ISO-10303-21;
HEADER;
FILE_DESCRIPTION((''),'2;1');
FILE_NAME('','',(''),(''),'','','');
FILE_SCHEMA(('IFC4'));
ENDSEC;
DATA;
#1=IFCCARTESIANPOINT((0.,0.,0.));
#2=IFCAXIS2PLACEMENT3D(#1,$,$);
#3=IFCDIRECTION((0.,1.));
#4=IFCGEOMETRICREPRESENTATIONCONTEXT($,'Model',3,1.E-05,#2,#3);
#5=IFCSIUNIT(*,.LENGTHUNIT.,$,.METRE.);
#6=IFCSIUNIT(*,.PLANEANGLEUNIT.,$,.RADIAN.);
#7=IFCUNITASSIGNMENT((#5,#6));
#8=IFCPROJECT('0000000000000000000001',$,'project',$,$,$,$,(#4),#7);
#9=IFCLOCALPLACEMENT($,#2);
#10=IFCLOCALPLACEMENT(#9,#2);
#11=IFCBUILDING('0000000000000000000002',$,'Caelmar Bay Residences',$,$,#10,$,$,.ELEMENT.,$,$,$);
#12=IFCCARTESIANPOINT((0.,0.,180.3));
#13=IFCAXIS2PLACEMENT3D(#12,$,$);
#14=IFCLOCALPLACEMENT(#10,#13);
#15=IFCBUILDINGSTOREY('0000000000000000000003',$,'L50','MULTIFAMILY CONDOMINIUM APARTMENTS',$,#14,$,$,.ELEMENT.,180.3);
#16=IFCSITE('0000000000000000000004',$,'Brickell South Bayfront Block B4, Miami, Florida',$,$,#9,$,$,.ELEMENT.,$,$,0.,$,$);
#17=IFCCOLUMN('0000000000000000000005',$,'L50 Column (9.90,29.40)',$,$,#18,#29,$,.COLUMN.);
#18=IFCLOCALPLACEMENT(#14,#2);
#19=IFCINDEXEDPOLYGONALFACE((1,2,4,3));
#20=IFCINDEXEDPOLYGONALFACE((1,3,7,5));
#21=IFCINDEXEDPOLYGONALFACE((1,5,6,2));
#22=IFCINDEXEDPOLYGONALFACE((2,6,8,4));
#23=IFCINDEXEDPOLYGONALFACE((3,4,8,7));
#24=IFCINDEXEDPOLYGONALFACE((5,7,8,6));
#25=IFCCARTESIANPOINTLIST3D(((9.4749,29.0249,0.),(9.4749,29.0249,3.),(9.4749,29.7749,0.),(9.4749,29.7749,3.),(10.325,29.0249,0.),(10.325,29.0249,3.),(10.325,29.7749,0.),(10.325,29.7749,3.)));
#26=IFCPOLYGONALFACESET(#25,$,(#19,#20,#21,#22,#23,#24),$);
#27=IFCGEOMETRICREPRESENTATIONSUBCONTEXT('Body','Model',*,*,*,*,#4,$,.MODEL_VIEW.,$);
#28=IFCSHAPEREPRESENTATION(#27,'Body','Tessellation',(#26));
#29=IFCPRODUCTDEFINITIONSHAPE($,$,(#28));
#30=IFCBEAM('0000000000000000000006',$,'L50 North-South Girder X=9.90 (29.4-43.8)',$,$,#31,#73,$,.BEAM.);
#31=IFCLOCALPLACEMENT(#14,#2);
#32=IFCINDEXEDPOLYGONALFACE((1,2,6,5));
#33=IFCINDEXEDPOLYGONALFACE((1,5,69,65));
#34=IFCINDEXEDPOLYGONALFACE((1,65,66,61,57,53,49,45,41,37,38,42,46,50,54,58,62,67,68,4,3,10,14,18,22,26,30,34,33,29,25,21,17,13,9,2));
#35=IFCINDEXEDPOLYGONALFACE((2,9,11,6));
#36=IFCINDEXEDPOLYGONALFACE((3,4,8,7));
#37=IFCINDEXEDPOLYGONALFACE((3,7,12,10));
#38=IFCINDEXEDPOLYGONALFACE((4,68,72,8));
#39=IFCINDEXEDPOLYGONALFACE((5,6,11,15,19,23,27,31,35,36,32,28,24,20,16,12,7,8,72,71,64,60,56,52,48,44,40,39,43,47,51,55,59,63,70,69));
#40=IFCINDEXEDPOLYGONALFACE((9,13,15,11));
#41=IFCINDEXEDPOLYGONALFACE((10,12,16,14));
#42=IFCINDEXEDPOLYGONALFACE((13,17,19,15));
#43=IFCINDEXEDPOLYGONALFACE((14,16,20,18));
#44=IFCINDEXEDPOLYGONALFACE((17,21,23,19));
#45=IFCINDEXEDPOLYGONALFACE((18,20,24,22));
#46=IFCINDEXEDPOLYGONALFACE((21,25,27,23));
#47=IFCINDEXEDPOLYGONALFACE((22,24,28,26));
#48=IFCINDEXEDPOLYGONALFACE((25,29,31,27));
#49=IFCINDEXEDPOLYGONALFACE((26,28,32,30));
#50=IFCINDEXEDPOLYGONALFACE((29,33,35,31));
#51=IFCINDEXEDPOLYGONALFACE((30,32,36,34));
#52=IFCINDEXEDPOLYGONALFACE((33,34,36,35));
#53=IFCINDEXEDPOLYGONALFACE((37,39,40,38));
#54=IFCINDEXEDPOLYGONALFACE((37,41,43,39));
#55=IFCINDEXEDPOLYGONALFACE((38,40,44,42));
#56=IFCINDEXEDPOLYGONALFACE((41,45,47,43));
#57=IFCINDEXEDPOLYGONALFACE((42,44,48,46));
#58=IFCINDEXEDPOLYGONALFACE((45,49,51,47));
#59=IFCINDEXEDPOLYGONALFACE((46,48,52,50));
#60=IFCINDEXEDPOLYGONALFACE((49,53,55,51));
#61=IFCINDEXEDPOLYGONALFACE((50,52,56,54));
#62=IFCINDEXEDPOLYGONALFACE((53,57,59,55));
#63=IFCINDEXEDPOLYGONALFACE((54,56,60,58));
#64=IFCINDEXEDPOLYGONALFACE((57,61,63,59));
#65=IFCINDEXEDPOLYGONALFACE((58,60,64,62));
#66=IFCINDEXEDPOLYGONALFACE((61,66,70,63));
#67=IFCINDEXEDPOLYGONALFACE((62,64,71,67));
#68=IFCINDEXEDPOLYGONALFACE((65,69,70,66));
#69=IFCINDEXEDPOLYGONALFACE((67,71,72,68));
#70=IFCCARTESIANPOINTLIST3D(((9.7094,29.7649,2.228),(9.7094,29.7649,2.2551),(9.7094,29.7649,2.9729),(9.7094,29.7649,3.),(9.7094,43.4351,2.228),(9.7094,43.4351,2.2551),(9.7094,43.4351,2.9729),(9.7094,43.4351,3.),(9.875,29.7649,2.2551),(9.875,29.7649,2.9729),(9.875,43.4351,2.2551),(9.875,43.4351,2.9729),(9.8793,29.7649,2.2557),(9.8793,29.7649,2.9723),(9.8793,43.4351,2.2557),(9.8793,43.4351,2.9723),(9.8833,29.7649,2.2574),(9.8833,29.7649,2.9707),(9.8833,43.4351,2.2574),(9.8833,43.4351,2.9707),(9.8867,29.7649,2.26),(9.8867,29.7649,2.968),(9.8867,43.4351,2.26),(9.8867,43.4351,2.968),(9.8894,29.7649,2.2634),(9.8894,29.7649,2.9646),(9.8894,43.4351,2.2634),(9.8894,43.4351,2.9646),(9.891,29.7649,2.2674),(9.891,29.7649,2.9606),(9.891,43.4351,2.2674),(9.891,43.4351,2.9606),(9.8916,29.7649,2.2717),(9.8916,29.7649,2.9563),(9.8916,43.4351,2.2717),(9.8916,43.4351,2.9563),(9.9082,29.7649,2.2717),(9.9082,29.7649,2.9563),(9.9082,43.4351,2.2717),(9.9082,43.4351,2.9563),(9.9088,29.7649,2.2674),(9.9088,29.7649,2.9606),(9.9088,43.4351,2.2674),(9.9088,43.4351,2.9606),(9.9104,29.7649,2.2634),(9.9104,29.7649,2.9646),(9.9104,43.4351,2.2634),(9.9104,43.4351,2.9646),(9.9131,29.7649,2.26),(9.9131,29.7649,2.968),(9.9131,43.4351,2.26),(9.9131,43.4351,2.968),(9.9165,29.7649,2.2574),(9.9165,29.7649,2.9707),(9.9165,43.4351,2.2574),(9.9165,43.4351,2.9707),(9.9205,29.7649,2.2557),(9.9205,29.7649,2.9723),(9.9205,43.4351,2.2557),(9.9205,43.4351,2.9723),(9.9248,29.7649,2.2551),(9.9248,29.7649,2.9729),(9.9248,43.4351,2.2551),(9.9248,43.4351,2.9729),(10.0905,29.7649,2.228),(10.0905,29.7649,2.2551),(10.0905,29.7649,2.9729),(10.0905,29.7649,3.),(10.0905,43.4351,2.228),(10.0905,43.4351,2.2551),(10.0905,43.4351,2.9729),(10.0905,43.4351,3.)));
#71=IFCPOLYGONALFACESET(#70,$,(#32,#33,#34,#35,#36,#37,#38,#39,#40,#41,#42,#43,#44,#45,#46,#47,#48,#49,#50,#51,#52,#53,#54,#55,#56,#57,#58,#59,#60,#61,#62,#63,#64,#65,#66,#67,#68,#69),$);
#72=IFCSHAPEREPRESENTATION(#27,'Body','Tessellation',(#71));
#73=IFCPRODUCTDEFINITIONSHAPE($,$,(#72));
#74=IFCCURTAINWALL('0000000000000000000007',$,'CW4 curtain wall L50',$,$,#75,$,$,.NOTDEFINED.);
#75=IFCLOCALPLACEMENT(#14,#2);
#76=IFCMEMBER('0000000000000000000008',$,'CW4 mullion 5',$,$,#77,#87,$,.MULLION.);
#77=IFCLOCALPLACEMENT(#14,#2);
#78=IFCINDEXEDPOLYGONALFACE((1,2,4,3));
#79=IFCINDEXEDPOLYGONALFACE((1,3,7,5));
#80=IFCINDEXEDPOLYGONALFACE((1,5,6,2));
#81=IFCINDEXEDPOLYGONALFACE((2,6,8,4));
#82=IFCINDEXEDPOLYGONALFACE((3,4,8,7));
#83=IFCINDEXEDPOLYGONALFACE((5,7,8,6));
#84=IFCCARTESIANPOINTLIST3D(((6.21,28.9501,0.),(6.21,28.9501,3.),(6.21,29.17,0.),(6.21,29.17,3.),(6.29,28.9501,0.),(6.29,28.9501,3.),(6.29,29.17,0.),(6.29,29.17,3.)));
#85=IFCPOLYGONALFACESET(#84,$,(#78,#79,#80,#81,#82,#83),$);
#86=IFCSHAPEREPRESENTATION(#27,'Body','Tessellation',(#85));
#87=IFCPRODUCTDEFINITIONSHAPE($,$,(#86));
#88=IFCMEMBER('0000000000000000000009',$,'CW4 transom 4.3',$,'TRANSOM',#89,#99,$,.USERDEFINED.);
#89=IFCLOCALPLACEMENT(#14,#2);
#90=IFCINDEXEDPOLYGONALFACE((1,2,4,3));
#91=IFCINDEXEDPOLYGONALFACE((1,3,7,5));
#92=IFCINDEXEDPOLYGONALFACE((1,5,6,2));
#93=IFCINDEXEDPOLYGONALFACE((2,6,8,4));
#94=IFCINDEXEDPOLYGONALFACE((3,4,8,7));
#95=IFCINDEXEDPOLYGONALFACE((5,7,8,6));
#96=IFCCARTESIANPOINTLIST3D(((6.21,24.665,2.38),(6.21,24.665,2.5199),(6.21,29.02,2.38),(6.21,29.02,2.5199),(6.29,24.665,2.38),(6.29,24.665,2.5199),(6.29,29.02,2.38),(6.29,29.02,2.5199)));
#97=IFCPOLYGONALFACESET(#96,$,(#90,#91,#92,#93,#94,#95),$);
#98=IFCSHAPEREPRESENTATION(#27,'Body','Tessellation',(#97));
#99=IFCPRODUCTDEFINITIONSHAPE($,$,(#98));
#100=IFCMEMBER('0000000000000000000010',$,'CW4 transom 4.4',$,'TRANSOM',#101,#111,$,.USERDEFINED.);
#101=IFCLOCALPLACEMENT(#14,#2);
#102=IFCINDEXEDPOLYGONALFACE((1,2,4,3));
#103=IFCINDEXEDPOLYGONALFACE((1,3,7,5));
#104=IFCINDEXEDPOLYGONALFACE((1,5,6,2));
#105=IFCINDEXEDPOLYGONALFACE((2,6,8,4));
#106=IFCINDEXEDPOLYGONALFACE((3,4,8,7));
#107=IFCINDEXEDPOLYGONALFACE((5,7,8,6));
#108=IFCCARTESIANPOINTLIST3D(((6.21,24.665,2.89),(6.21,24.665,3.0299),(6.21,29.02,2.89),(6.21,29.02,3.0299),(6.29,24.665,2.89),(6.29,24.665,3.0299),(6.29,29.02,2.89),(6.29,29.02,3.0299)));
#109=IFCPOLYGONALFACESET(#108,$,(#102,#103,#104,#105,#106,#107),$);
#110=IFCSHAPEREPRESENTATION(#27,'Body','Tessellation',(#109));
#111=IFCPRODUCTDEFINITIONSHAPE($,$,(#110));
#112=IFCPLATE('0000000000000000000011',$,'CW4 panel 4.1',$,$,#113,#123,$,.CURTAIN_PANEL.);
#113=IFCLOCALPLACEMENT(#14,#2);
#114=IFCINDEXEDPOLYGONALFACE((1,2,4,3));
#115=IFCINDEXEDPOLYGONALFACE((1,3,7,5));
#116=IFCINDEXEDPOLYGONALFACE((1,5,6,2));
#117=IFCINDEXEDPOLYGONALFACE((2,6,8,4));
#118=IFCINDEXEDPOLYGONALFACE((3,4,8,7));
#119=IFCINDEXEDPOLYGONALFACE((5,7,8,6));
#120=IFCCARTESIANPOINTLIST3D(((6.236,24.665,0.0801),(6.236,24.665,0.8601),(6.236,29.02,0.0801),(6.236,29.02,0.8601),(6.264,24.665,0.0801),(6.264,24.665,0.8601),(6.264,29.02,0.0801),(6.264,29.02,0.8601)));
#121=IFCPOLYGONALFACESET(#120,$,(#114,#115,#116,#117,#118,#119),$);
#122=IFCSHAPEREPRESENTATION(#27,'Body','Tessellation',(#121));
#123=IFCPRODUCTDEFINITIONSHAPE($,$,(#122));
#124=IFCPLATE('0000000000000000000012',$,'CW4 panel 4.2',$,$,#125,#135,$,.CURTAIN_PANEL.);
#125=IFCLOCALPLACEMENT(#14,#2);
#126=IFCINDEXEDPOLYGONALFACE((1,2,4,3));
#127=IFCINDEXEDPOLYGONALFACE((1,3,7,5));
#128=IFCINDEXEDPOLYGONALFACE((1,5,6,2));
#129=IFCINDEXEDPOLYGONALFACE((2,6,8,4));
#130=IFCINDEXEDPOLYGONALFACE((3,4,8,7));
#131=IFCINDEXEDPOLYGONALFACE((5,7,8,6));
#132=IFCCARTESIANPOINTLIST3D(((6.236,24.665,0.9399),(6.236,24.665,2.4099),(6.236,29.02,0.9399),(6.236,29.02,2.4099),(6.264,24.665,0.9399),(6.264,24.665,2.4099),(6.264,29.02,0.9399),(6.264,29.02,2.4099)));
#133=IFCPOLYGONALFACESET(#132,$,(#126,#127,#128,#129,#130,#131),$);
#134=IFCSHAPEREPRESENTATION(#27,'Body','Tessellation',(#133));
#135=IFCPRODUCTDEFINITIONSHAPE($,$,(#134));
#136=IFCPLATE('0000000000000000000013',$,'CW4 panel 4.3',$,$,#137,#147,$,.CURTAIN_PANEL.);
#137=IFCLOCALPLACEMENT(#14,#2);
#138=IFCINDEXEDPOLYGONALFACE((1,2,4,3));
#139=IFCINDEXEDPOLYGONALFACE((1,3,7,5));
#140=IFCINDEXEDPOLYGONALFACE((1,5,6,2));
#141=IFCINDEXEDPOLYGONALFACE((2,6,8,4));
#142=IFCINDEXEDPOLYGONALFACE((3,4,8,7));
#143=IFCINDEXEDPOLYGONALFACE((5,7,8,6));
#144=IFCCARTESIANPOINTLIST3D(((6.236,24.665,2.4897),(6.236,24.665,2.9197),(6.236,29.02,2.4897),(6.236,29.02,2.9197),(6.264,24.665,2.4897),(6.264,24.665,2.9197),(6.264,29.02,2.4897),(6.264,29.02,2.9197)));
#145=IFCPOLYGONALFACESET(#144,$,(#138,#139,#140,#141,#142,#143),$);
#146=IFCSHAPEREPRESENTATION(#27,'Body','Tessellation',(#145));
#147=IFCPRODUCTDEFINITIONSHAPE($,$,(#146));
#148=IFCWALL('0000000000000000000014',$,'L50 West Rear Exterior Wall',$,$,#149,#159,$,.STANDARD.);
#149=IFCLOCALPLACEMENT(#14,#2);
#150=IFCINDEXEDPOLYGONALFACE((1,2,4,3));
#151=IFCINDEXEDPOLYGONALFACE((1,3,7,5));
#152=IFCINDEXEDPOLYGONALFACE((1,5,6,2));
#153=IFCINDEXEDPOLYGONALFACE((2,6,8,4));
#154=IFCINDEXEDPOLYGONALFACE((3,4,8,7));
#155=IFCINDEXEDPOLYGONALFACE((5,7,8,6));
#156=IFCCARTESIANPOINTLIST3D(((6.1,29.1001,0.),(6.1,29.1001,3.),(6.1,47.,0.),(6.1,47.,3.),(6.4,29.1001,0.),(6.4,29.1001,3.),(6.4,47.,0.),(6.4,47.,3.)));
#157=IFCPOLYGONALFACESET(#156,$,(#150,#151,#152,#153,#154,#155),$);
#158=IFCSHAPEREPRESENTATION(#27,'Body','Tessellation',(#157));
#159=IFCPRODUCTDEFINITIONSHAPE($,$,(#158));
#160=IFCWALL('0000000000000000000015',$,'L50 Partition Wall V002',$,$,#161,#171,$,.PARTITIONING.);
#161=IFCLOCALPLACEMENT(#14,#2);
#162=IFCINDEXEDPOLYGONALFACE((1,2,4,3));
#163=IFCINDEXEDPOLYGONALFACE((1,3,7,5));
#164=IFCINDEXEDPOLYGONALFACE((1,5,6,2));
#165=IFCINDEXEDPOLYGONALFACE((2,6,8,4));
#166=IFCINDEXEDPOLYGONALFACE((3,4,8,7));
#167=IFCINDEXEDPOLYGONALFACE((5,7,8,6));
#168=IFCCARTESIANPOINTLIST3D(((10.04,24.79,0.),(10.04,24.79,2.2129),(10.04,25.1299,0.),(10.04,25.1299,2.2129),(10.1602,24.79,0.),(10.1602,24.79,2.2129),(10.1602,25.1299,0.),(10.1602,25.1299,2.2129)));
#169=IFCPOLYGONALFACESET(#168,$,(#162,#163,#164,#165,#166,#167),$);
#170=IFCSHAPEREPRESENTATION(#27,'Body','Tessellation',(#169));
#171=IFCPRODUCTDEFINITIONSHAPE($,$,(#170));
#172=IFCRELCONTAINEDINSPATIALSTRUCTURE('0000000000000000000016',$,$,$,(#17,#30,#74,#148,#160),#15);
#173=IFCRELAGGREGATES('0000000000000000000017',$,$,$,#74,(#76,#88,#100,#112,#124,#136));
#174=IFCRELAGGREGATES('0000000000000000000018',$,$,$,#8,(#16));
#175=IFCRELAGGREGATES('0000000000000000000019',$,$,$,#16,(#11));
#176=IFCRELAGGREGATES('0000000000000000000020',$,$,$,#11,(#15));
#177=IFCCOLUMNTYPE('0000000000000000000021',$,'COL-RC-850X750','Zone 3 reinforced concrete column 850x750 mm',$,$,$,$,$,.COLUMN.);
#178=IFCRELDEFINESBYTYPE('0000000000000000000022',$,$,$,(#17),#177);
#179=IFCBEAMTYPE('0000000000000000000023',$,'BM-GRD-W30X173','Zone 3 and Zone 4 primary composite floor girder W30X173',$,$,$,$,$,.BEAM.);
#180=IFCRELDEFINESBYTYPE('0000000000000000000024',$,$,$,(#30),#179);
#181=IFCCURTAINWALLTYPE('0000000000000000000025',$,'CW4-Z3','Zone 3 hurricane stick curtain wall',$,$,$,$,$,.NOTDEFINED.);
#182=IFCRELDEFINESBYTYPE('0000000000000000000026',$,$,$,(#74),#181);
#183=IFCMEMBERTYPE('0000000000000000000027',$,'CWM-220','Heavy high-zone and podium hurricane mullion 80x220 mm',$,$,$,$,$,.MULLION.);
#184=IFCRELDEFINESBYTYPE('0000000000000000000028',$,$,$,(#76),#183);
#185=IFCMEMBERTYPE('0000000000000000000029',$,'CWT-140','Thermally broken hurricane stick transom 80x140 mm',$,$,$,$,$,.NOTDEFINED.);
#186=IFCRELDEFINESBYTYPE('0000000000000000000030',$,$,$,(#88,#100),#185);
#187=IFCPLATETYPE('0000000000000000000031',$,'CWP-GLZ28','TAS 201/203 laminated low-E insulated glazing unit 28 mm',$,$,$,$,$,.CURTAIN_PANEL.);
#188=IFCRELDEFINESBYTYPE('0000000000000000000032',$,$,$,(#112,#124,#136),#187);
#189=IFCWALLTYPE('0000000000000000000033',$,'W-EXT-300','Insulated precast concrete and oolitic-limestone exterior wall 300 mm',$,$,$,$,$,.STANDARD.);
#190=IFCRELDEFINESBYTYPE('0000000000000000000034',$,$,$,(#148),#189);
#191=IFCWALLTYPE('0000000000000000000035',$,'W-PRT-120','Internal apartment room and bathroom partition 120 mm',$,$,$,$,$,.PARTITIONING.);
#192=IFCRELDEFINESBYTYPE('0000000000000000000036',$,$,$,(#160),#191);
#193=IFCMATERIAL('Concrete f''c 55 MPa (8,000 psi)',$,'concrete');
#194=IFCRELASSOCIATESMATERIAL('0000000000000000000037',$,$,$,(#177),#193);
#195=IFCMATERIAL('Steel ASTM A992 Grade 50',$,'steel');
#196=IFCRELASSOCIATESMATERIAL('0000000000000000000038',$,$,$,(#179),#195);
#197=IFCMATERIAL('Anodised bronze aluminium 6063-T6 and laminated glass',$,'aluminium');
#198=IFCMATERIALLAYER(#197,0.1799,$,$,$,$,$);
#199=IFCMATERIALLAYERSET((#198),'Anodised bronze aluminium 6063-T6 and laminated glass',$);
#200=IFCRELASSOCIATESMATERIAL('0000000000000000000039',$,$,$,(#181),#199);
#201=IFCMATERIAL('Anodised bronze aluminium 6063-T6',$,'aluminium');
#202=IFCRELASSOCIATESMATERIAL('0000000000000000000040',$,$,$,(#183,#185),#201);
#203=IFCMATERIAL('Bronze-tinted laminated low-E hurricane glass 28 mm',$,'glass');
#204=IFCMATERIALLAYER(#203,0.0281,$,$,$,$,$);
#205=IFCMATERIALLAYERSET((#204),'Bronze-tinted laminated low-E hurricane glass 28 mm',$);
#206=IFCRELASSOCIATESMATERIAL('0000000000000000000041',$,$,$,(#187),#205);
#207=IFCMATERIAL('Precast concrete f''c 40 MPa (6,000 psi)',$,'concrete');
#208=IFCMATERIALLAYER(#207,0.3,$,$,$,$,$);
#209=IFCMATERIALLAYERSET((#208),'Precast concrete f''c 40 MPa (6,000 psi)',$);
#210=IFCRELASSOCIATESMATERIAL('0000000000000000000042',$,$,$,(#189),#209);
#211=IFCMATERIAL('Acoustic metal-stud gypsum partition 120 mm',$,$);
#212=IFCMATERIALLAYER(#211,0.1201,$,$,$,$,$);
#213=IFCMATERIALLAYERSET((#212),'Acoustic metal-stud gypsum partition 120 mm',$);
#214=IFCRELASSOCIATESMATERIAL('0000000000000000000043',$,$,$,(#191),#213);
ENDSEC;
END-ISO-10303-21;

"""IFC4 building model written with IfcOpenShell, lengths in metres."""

from ifc_helpers import new_model, si_unit, direction, frame, frame_2d, origin, origin_2d, place, context, subcontext, project, spatial, rectangle, i_section, extrude, material, layer, layer_set, material_profile, profile_set, type_object, element, aggregate, save


model = new_model("IFC4")

# Units and contexts
model_context = context("Model", 3, precision=1e-05, world=origin(), true_north=direction((0.0, 1.0)))
body_context = subcontext(model_context, "Body", "Model", "MODEL_VIEW")
ifc_project = project(units=[si_unit("LENGTHUNIT", "METRE"), si_unit("PLANEANGLEUNIT", "RADIAN")], contexts=[model_context])

# Site, building, storey
site_placement = place(None, origin())
site = spatial("IfcSite", under=ifc_project, at=site_placement, Name="Brickell South Bayfront Block B4, Miami, Florida", CompositionType="ELEMENT", RefElevation=0.0)
building_placement = place(site_placement, origin())
building = spatial("IfcBuilding", under=site, at=building_placement, Name="Caelmar Bay Residences", CompositionType="ELEMENT")
storey_placement = place(building_placement, frame((0.0, 0.0, 180.3)))
storey = spatial("IfcBuildingStorey", under=building, at=storey_placement, Name="L50", Description="MULTIFAMILY CONDOMINIUM APARTMENTS", CompositionType="ELEMENT", Elevation=180.3)

# Column
ifc_material_1 = material(Name="Concrete f'c 55 MPa (8,000 psi)", Category="concrete")
ifc_material_profile_1 = material_profile(ifc_material_1, rectangle(XDim=0.8501, YDim=0.75, at=origin_2d()), Name="RC-COL-850X750")
ifc_profile_set_1 = profile_set([ifc_material_profile_1], Name="Concrete f'c 55 MPa (8,000 psi)")
column_type = type_object("IfcColumnType", Name="COL-RC-850X750", Description="Zone 3 reinforced concrete column 850x750 mm", PredefinedType="COLUMN", material=ifc_profile_set_1)
column_placement = place(storey_placement, frame((9.8999, 29.3999, 0.0), z_axis=(0.0, 0.0, 1.0), x_axis=(1.0, 0.0, 0.0)))
element("IfcColumn", 1, at=column_placement, inside=storey, type_object=column_type, Name="L50 Column (9.90,29.40)", PredefinedType="COLUMN", context=body_context, shape_type="SweptSolid", body=[
    extrude(rectangle(XDim=0.8501, YDim=0.75, at=origin_2d()), origin(), (0.0, 0.0, 1.0), 3.0),
])

# Beam
ifc_material_2 = material(Name="Steel ASTM A992 Grade 50", Category="steel")
ifc_material_profile_2 = material_profile(ifc_material_2, i_section(OverallWidth=0.3811, OverallDepth=0.772, WebThickness=0.0166, FlangeThickness=0.0271, FilletRadius=0.0166, at=origin_2d()), Name="W30X173")
ifc_profile_set_2 = profile_set([ifc_material_profile_2], Name="Steel ASTM A992 Grade 50")
beam_type = type_object("IfcBeamType", Name="BM-GRD-W30X173", Description="Zone 3 and Zone 4 primary composite floor girder W30X173", PredefinedType="BEAM", material=ifc_profile_set_2)
beam_placement = place(storey_placement, frame((9.8999, 29.7649, 2.614), z_axis=(0.0, 1.0, 0.0), x_axis=(-1.0, 0.0, 0.0)))
element("IfcBeam", 2, at=beam_placement, inside=storey, type_object=beam_type, Name="L50 North-South Girder X=9.90 (29.4-43.8)", PredefinedType="BEAM", context=body_context, shape_type="SweptSolid", body=[
    extrude(i_section(OverallWidth=0.3811, OverallDepth=0.772, WebThickness=0.0166, FlangeThickness=0.0271, FilletRadius=0.0166, at=origin_2d()), origin(), (0.0, 0.0, 1.0), 13.6702),
])

# Curtain wall, members, plates
ifc_material_3 = material(Name="Anodised bronze aluminium 6063-T6 and laminated glass", Category="aluminium")
ifc_layer_1 = layer(ifc_material_3, 0.1799)
ifc_layer_set_1 = layer_set([ifc_layer_1], Name="Anodised bronze aluminium 6063-T6 and laminated glass")
curtain_wall_type = type_object("IfcCurtainWallType", Name="CW4-Z3", Description="Zone 3 hurricane stick curtain wall", PredefinedType="NOTDEFINED", material=ifc_layer_set_1)
curtain_wall_placement = place(storey_placement, origin())
curtain_wall = element("IfcCurtainWall", 3, at=curtain_wall_placement, inside=storey, type_object=curtain_wall_type, Name="CW4 curtain wall L50", PredefinedType="NOTDEFINED")
ifc_material_4 = material(Name="Anodised bronze aluminium 6063-T6", Category="aluminium")
ifc_material_profile_3 = material_profile(ifc_material_4, rectangle(XDim=0.0801, YDim=0.22, at=origin_2d()), Name="CWM-80X220")
ifc_profile_set_3 = profile_set([ifc_material_profile_3], Name="Anodised bronze aluminium 6063-T6")
member_type_1 = type_object("IfcMemberType", Name="CWM-220", Description="Heavy high-zone and podium hurricane mullion 80x220 mm", PredefinedType="MULLION", material=ifc_profile_set_3)
member_1_placement = place(storey_placement, frame((6.25, 29.0601, 0.0), z_axis=(0.0, 0.0, 1.0), x_axis=(-1.0, 0.0, 0.0)))
member_1 = element("IfcMember", 4, at=member_1_placement, type_object=member_type_1, Name="CW4 mullion 5", PredefinedType="MULLION", context=body_context, shape_type="SweptSolid", body=[
    extrude(rectangle(XDim=0.0801, YDim=0.22, at=origin_2d()), origin(), (0.0, 0.0, 1.0), 3.0),
])
ifc_material_profile_4 = material_profile(ifc_material_4, rectangle(XDim=0.0801, YDim=0.1399, at=origin_2d()), Name="CWT-80X140")
ifc_profile_set_4 = profile_set([ifc_material_profile_4], Name="Anodised bronze aluminium 6063-T6")
member_type_2 = type_object("IfcMemberType", Name="CWT-140", Description="Thermally broken hurricane stick transom 80x140 mm", PredefinedType="NOTDEFINED", material=ifc_profile_set_4)
member_2_placement = place(storey_placement, frame((6.25, 24.665, 2.45), z_axis=(0.0, 1.0, 0.0), x_axis=(-1.0, 0.0, 0.0)))
member_2 = element("IfcMember", 5, at=member_2_placement, type_object=member_type_2, Name="CW4 transom 4.3", ObjectType="TRANSOM", PredefinedType="USERDEFINED", context=body_context, shape_type="SweptSolid", body=[
    extrude(rectangle(XDim=0.0801, YDim=0.1399, at=origin_2d()), origin(), (0.0, 0.0, 1.0), 4.355),
])
member_3_placement = place(storey_placement, frame((6.25, 24.665, 2.96), z_axis=(0.0, 1.0, 0.0), x_axis=(-1.0, 0.0, 0.0)))
member_3 = element("IfcMember", 6, at=member_3_placement, type_object=member_type_2, Name="CW4 transom 4.4", ObjectType="TRANSOM", PredefinedType="USERDEFINED", context=body_context, shape_type="SweptSolid", body=[
    extrude(rectangle(XDim=0.0801, YDim=0.1399, at=origin_2d()), origin(), (0.0, 0.0, 1.0), 4.355),
])
ifc_material_5 = material(Name="Bronze-tinted laminated low-E hurricane glass 28 mm", Category="glass")
ifc_layer_2 = layer(ifc_material_5, 0.0281)
ifc_layer_set_2 = layer_set([ifc_layer_2], Name="Bronze-tinted laminated low-E hurricane glass 28 mm")
plate_type = type_object("IfcPlateType", Name="CWP-GLZ28", Description="TAS 201/203 laminated low-E insulated glazing unit 28 mm", PredefinedType="CURTAIN_PANEL", material=ifc_layer_set_2)
plate_1_placement = place(storey_placement, frame((6.25, 26.8425, 0.0801), z_axis=(0.0, 0.0, 1.0), x_axis=(0.0, 1.0, 0.0)))
plate_1 = element("IfcPlate", 7, at=plate_1_placement, type_object=plate_type, Name="CW4 panel 4.1", PredefinedType="CURTAIN_PANEL", context=body_context, shape_type="SweptSolid", body=[
    extrude(rectangle(XDim=4.355, YDim=0.0281, at=origin_2d()), origin(), (0.0, 0.0, 1.0), 0.78),
])
plate_2_placement = place(storey_placement, frame((6.25, 26.8425, 0.9399), z_axis=(0.0, 0.0, 1.0), x_axis=(0.0, 1.0, 0.0)))
plate_2 = element("IfcPlate", 8, at=plate_2_placement, type_object=plate_type, Name="CW4 panel 4.2", PredefinedType="CURTAIN_PANEL", context=body_context, shape_type="SweptSolid", body=[
    extrude(rectangle(XDim=4.355, YDim=0.0281, at=origin_2d()), origin(), (0.0, 0.0, 1.0), 1.47),
])
plate_3_placement = place(storey_placement, frame((6.25, 26.8425, 2.4897), z_axis=(0.0, 0.0, 1.0), x_axis=(0.0, 1.0, 0.0)))
plate_3 = element("IfcPlate", 9, at=plate_3_placement, type_object=plate_type, Name="CW4 panel 4.3", PredefinedType="CURTAIN_PANEL", context=body_context, shape_type="SweptSolid", body=[
    extrude(rectangle(XDim=4.355, YDim=0.0281, at=origin_2d()), origin(), (0.0, 0.0, 1.0), 0.4299),
])
aggregate(curtain_wall, [member_1, member_2, member_3, plate_1, plate_2, plate_3])

# Walls
ifc_material_6 = material(Name="Precast concrete f'c 40 MPa (6,000 psi)", Category="concrete")
ifc_layer_3 = layer(ifc_material_6, 0.3)
ifc_layer_set_3 = layer_set([ifc_layer_3], Name="Precast concrete f'c 40 MPa (6,000 psi)")
wall_type_1 = type_object("IfcWallType", Name="W-EXT-300", Description="Insulated precast concrete and oolitic-limestone exterior wall 300 mm", PredefinedType="STANDARD", material=ifc_layer_set_3)
wall_1_placement = place(storey_placement, frame((6.25, 29.1001, 0.0), z_axis=(0.0, 0.0, 1.0), x_axis=(0.0, 1.0, 0.0)))
element("IfcWall", 10, at=wall_1_placement, inside=storey, type_object=wall_type_1, Name="L50 West Rear Exterior Wall", PredefinedType="STANDARD", context=body_context, shape_type="SweptSolid", body=[
    extrude(rectangle(XDim=17.8999, YDim=0.3, at=frame_2d((8.95, 0.0))), origin(), (0.0, 0.0, 1.0), 3.0),
])
ifc_material_7 = material(Name="Acoustic metal-stud gypsum partition 120 mm")
ifc_layer_4 = layer(ifc_material_7, 0.1201)
ifc_layer_set_4 = layer_set([ifc_layer_4], Name="Acoustic metal-stud gypsum partition 120 mm")
wall_type_2 = type_object("IfcWallType", Name="W-PRT-120", Description="Internal apartment room and bathroom partition 120 mm", PredefinedType="PARTITIONING", material=ifc_layer_set_4)
wall_2_placement = place(storey_placement, frame((10.1001, 24.79, 0.0), z_axis=(0.0, 0.0, 1.0), x_axis=(0.0, 1.0, 0.0)))
element("IfcWall", 11, at=wall_2_placement, inside=storey, type_object=wall_type_2, Name="L50 Partition Wall V002", PredefinedType="PARTITIONING", context=body_context, shape_type="SweptSolid", body=[
    extrude(rectangle(XDim=0.3398, YDim=0.1201, at=frame_2d((0.1699, 0.0))), origin(), (0.0, 0.0, 1.0), 2.2129),
])

save(model, "model.ifc")
